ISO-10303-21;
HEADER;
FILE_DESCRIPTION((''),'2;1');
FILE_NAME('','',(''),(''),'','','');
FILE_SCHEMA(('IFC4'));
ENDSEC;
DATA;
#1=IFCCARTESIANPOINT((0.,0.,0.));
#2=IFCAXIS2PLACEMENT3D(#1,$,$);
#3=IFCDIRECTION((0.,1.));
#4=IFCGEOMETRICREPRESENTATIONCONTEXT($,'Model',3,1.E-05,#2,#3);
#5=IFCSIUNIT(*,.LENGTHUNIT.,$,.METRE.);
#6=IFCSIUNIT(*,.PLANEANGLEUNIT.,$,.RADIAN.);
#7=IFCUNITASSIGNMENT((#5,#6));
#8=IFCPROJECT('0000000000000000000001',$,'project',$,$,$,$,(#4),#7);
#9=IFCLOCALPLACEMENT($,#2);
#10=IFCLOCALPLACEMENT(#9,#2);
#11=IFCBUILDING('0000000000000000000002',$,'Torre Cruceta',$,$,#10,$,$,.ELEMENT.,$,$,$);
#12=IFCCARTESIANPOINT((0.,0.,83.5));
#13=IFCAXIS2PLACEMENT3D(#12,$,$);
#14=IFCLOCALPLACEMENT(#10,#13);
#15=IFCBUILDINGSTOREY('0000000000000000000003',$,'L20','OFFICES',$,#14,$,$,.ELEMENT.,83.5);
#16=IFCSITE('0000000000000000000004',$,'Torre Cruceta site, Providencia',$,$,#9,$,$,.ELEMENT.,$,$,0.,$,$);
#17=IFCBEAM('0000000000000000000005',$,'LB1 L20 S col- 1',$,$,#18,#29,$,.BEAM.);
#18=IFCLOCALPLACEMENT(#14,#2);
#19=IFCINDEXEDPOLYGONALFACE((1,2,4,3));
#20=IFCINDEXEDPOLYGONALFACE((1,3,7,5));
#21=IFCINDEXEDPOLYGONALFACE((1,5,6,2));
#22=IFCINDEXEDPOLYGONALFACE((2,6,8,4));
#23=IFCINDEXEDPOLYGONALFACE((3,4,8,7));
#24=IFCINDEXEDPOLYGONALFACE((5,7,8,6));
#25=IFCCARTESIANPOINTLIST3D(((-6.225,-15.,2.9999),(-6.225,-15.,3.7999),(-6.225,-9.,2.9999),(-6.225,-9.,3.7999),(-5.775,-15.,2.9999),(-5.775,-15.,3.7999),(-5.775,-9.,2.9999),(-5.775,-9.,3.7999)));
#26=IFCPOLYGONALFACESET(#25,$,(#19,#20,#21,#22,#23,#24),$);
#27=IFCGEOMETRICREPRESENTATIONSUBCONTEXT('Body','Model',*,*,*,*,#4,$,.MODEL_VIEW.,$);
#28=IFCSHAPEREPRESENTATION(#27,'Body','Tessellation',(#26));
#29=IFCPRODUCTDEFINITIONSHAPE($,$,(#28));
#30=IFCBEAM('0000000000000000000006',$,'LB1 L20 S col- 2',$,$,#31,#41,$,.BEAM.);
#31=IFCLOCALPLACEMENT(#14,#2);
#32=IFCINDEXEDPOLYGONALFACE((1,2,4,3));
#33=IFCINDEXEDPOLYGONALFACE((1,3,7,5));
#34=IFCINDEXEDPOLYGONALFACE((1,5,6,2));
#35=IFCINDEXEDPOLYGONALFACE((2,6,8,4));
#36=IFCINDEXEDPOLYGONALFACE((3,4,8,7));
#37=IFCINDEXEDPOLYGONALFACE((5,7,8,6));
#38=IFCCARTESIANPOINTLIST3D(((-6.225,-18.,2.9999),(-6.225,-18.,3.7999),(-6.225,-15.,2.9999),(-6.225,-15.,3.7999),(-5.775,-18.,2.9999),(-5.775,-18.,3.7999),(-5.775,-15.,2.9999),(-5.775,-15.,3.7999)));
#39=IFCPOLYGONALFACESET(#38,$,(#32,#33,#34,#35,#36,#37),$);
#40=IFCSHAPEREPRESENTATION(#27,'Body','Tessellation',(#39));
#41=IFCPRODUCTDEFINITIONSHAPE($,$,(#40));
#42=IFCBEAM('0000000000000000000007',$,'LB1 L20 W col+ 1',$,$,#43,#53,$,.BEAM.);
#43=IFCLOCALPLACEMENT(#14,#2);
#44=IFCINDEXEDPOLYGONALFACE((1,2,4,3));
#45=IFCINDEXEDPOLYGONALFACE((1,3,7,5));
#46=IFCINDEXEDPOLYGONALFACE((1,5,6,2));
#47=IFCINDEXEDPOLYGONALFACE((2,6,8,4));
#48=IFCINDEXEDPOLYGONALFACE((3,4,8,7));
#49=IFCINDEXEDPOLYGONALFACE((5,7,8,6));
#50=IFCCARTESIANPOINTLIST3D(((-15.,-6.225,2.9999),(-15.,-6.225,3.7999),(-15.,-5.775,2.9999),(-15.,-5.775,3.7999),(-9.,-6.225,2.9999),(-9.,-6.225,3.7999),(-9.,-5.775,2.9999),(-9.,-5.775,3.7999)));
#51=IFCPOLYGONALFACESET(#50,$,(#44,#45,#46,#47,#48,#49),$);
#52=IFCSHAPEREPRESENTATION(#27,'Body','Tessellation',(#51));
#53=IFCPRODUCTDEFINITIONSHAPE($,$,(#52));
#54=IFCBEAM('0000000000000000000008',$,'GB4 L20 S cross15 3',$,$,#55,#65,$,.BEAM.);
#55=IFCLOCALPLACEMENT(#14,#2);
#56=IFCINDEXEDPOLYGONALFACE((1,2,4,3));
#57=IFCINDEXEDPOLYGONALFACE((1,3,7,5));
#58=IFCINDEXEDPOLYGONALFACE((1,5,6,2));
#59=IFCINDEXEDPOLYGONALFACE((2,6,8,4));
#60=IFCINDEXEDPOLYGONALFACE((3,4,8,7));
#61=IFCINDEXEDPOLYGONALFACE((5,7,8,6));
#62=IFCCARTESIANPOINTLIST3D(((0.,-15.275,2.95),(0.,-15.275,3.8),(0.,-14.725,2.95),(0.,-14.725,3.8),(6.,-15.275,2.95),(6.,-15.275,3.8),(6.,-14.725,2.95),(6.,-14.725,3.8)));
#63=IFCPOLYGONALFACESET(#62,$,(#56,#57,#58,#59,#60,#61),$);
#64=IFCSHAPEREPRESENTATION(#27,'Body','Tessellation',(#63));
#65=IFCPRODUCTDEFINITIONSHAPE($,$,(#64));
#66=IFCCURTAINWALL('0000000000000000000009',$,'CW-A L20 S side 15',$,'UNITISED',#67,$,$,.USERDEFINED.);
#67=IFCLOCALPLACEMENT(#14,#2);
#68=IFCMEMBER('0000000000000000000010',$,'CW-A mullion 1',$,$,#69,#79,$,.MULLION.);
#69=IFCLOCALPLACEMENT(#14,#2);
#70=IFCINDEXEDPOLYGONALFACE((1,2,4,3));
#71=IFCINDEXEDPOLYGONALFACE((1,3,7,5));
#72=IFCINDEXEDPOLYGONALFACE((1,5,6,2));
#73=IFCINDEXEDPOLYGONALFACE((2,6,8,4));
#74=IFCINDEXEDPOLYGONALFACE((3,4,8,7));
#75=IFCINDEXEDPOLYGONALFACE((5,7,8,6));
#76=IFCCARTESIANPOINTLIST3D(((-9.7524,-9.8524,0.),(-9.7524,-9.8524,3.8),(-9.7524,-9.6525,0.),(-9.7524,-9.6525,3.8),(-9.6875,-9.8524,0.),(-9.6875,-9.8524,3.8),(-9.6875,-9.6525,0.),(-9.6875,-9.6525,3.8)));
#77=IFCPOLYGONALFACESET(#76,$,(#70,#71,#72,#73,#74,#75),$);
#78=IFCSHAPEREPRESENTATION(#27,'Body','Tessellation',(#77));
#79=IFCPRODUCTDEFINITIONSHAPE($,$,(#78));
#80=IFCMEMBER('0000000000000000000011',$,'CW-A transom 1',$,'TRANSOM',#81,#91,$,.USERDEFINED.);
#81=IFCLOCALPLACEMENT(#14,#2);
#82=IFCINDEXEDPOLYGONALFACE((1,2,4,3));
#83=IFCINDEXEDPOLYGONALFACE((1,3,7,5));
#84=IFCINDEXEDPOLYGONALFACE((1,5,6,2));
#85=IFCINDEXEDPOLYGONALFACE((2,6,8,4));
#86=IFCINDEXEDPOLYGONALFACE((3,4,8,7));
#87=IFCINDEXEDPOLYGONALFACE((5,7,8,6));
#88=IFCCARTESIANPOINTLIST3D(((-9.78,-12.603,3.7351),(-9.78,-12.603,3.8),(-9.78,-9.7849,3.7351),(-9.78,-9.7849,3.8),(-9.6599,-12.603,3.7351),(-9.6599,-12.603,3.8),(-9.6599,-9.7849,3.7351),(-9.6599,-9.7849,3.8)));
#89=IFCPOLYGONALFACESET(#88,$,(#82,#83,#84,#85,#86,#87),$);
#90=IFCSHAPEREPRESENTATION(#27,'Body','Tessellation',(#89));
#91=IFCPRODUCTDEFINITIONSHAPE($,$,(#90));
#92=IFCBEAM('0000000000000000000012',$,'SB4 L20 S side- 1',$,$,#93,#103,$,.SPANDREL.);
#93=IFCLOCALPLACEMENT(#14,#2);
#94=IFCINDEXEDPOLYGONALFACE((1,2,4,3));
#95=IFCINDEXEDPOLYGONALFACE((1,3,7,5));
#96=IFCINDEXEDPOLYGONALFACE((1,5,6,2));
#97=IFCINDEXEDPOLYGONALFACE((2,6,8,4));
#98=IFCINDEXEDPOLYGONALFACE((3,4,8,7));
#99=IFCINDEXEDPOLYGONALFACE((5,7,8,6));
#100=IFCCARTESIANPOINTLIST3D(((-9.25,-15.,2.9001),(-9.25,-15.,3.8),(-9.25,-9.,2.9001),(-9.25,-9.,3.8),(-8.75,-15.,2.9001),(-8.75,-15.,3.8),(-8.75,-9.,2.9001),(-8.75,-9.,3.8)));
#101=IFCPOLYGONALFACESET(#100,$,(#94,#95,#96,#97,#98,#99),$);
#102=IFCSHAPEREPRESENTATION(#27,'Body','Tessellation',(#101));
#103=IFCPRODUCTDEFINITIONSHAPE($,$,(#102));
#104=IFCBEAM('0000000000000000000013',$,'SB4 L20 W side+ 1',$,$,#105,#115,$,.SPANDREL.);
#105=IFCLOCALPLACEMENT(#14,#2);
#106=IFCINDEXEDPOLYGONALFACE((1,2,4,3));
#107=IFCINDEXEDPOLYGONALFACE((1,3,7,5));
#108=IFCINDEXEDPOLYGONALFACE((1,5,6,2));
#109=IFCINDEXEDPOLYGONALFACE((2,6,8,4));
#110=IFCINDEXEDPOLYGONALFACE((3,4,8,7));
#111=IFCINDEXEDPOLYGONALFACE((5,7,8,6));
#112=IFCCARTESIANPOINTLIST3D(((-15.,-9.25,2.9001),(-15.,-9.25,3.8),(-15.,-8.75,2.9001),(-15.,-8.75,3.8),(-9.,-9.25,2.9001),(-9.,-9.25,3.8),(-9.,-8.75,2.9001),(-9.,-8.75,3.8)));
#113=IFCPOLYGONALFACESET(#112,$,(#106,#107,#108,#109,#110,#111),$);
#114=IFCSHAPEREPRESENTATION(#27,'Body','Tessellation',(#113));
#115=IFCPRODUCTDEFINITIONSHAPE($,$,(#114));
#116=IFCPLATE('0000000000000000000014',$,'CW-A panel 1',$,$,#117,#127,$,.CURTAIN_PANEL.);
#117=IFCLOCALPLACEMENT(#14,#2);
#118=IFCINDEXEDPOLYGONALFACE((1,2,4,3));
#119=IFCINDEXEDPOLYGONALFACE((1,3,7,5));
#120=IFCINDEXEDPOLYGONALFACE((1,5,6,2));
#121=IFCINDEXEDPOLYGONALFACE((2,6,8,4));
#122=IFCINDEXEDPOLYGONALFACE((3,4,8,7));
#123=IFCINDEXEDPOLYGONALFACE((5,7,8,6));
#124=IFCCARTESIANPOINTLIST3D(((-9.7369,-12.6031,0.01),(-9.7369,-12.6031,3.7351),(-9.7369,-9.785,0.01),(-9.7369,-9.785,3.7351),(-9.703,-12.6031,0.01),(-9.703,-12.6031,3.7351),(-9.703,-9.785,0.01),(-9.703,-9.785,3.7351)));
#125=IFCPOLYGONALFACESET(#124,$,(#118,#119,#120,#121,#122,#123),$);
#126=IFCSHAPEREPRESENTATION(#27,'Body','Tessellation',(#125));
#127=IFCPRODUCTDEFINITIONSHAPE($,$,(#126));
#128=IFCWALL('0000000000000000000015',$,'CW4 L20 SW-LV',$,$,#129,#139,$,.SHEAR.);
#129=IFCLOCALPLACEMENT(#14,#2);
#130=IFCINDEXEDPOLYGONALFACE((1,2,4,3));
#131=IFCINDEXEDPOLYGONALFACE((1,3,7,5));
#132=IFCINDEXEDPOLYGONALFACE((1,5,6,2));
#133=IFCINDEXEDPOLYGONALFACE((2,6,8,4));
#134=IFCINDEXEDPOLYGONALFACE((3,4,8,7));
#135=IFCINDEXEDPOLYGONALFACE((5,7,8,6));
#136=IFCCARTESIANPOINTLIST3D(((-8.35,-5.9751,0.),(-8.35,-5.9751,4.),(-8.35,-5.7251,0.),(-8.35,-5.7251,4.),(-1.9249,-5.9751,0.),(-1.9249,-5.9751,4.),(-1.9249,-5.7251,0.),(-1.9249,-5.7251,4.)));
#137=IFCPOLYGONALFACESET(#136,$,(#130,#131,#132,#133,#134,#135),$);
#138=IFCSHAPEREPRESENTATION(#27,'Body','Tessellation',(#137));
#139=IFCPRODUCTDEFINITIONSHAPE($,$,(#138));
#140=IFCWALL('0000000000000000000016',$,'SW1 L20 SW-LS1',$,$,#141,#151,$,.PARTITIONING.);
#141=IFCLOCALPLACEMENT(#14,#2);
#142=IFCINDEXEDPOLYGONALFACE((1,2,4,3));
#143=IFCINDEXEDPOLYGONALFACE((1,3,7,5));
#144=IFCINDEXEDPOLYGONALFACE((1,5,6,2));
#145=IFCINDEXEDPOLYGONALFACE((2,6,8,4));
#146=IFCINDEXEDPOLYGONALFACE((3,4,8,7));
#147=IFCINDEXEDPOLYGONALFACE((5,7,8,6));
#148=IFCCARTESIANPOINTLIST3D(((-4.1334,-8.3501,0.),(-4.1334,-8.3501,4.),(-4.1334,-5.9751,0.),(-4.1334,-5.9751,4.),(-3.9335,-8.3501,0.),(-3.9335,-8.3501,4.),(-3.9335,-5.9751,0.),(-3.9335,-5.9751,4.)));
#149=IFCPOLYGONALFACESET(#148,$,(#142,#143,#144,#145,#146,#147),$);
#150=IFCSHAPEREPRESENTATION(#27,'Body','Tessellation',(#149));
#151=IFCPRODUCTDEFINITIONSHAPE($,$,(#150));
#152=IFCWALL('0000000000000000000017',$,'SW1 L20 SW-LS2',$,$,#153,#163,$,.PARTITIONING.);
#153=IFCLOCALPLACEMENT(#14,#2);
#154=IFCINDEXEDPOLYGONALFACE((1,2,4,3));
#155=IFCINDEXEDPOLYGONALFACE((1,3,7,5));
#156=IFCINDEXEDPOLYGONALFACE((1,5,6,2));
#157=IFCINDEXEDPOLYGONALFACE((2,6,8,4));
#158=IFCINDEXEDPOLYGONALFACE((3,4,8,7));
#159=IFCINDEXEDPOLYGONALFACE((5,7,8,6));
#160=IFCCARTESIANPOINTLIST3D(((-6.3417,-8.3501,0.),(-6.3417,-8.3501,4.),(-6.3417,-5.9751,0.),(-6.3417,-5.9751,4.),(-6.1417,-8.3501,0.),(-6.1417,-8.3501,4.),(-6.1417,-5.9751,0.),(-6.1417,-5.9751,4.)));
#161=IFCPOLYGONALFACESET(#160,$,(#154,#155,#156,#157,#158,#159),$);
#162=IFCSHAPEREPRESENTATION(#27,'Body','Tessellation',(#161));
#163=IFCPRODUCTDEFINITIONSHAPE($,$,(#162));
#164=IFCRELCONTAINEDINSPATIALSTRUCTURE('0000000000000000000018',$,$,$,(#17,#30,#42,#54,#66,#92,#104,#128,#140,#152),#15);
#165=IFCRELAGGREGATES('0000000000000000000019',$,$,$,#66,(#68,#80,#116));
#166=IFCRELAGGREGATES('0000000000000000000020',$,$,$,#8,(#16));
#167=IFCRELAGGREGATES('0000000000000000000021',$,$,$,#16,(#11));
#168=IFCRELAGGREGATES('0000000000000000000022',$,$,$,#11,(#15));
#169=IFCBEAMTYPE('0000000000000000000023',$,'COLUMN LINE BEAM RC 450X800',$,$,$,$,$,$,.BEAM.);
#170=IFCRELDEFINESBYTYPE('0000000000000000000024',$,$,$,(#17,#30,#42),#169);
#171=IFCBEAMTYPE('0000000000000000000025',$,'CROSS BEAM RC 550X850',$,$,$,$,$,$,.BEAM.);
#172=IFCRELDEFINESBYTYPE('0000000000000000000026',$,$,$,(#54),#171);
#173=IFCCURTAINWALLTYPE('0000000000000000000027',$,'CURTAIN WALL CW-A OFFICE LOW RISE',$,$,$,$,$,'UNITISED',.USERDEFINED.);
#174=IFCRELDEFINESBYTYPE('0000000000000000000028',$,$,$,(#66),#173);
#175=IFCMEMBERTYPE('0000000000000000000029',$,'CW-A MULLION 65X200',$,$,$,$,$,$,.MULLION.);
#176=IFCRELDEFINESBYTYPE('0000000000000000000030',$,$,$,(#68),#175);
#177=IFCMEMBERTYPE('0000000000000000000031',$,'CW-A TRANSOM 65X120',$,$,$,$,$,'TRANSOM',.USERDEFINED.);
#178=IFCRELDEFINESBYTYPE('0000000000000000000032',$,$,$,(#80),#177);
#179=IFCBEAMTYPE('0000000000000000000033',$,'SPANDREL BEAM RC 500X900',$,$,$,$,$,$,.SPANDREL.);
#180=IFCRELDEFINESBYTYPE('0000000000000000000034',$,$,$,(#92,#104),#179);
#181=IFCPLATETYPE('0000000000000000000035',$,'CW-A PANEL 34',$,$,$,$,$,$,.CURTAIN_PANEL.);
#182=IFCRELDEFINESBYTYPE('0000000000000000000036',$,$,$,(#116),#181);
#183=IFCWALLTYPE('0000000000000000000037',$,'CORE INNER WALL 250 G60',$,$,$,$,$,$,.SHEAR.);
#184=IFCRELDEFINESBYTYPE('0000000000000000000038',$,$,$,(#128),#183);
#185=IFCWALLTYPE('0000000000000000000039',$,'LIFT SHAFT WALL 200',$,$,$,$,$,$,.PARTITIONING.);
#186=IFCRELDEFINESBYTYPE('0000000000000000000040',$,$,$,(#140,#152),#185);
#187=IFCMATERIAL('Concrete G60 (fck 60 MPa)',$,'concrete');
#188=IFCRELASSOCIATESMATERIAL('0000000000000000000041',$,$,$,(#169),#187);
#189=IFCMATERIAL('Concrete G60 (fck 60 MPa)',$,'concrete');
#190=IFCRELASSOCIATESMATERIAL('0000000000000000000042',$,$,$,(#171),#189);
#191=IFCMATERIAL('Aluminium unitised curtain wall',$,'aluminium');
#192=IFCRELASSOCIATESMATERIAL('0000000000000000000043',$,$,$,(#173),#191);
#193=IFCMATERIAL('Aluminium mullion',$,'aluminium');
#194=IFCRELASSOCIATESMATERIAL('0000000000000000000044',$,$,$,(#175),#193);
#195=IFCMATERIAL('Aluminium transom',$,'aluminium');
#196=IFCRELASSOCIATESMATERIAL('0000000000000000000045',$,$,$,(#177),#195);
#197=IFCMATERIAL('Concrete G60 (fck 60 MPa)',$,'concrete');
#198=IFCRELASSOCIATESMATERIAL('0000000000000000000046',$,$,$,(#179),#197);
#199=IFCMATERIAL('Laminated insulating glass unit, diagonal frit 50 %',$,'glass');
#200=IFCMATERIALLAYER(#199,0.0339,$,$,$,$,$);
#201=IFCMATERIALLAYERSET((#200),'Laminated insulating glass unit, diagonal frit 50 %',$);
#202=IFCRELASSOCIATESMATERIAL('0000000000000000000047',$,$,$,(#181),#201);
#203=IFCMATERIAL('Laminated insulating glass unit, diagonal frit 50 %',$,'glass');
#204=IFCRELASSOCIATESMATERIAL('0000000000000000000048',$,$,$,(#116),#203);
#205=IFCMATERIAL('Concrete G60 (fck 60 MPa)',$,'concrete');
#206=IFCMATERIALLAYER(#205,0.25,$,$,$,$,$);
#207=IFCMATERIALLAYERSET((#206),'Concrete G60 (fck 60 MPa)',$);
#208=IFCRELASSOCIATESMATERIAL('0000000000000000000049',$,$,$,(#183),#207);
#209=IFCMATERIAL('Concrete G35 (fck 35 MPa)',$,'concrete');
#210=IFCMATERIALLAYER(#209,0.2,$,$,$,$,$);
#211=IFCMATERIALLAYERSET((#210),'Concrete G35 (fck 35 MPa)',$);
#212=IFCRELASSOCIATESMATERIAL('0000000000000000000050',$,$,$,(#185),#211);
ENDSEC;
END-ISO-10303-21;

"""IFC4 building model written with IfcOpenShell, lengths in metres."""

from ifc_helpers import new_model, si_unit, direction, frame, frame_2d, origin, origin_2d, place, context, subcontext, project, spatial, rectangle, extrude, material, layer, layer_set, material_profile, profile_set, type_object, element, aggregate, save


model = new_model("IFC4")

# Units and contexts
model_context = context("Model", 3, precision=1e-05, world=origin(), true_north=direction((0.0, 1.0)))
body_context = subcontext(model_context, "Body", "Model", "MODEL_VIEW")
ifc_project = project(units=[si_unit("LENGTHUNIT", "METRE"), si_unit("PLANEANGLEUNIT", "RADIAN")], contexts=[model_context])

# Site, building, storey
site_placement = place(None, origin())
site = spatial("IfcSite", under=ifc_project, at=site_placement, Name="Torre Cruceta site, Providencia", CompositionType="ELEMENT", RefElevation=0.0)
building_placement = place(site_placement, origin())
building = spatial("IfcBuilding", under=site, at=building_placement, Name="Torre Cruceta", CompositionType="ELEMENT")
storey_placement = place(building_placement, frame((0.0, 0.0, 83.5)))
storey = spatial("IfcBuildingStorey", under=building, at=storey_placement, Name="L20", Description="OFFICES", CompositionType="ELEMENT", Elevation=83.5)

# Beams
ifc_material_1 = material(Name="Concrete G60 (fck 60 MPa)", Category="concrete")
ifc_material_profile_1 = material_profile(ifc_material_1, rectangle(XDim=0.45, YDim=0.8, at=origin_2d()), Name="RC 450X800")
ifc_profile_set_1 = profile_set([ifc_material_profile_1], Name="Concrete G60 (fck 60 MPa)")
beam_type_1 = type_object("IfcBeamType", Name="COLUMN LINE BEAM RC 450X800", PredefinedType="BEAM", material=ifc_profile_set_1)
beam_1_placement = place(storey_placement, frame((-6.0, -9.0, 3.3999), z_axis=(0.0, -1.0, 0.0), x_axis=(1.0, 0.0, 0.0)))
element("IfcBeam", 1, at=beam_1_placement, inside=storey, type_object=beam_type_1, Name="LB1 L20 S col- 1", PredefinedType="BEAM", context=body_context, shape_type="SweptSolid", body=[
    extrude(rectangle(XDim=0.45, YDim=0.8, at=origin_2d()), origin(), (0.0, 0.0, 1.0), 6.0),
])
beam_2_placement = place(storey_placement, frame((-6.0, -15.0, 3.3999), z_axis=(0.0, -1.0, 0.0), x_axis=(1.0, 0.0, 0.0)))
element("IfcBeam", 2, at=beam_2_placement, inside=storey, type_object=beam_type_1, Name="LB1 L20 S col- 2", PredefinedType="BEAM", context=body_context, shape_type="SweptSolid", body=[
    extrude(rectangle(XDim=0.45, YDim=0.8, at=origin_2d()), origin(), (0.0, 0.0, 1.0), 3.0),
])
beam_3_placement = place(storey_placement, frame((-9.0, -6.0, 3.3999), z_axis=(-1.0, 0.0, 0.0), x_axis=(0.0, -1.0, 0.0)))
element("IfcBeam", 3, at=beam_3_placement, inside=storey, type_object=beam_type_1, Name="LB1 L20 W col+ 1", PredefinedType="BEAM", context=body_context, shape_type="SweptSolid", body=[
    extrude(rectangle(XDim=0.45, YDim=0.8, at=origin_2d()), origin(), (0.0, 0.0, 1.0), 6.0),
])
ifc_material_2 = material(Name="Concrete G60 (fck 60 MPa)", Category="concrete")
ifc_material_profile_2 = material_profile(ifc_material_2, rectangle(XDim=0.55, YDim=0.8501, at=origin_2d()), Name="RC 550X850")
ifc_profile_set_2 = profile_set([ifc_material_profile_2], Name="Concrete G60 (fck 60 MPa)")
beam_type_2 = type_object("IfcBeamType", Name="CROSS BEAM RC 550X850", PredefinedType="BEAM", material=ifc_profile_set_2)
beam_4_placement = place(storey_placement, frame((0.0, -15.0, 3.375), z_axis=(1.0, 0.0, 0.0), x_axis=(0.0, 1.0, 0.0)))
element("IfcBeam", 4, at=beam_4_placement, inside=storey, type_object=beam_type_2, Name="GB4 L20 S cross15 3", PredefinedType="BEAM", context=body_context, shape_type="SweptSolid", body=[
    extrude(rectangle(XDim=0.55, YDim=0.8501, at=origin_2d()), origin(), (0.0, 0.0, 1.0), 6.0),
])

# Curtain wall, members
ifc_material_3 = material(Name="Aluminium unitised curtain wall", Category="aluminium")
curtain_wall_type = type_object("IfcCurtainWallType", Name="CURTAIN WALL CW-A OFFICE LOW RISE", ElementType="UNITISED", PredefinedType="USERDEFINED", material=ifc_material_3)
curtain_wall_placement = place(storey_placement, origin())
curtain_wall = element("IfcCurtainWall", 5, at=curtain_wall_placement, inside=storey, type_object=curtain_wall_type, Name="CW-A L20 S side 15", ObjectType="UNITISED", PredefinedType="USERDEFINED")
ifc_material_4 = material(Name="Aluminium mullion", Category="aluminium")
ifc_material_profile_3 = material_profile(ifc_material_4, rectangle(XDim=0.0649, YDim=0.2, at=origin_2d()), Name="AL 65X200")
ifc_profile_set_3 = profile_set([ifc_material_profile_3], Name="Aluminium mullion")
member_type_1 = type_object("IfcMemberType", Name="CW-A MULLION 65X200", PredefinedType="MULLION", material=ifc_profile_set_3)
member_1_placement = place(storey_placement, frame((-9.72, -9.7524, 0.0), z_axis=(0.0, 0.0, 1.0), x_axis=(1.0, 0.0, 0.0)))
member_1 = element("IfcMember", 6, at=member_1_placement, type_object=member_type_1, Name="CW-A mullion 1", PredefinedType="MULLION", context=body_context, shape_type="SweptSolid", body=[
    extrude(rectangle(XDim=0.0649, YDim=0.2, at=origin_2d()), origin(), (0.0, 0.0, 1.0), 3.8),
])
ifc_material_5 = material(Name="Aluminium transom", Category="aluminium")
ifc_material_profile_4 = material_profile(ifc_material_5, rectangle(XDim=0.1201, YDim=0.0649, at=origin_2d()), Name="AL 120X65")
ifc_profile_set_4 = profile_set([ifc_material_profile_4], Name="Aluminium transom")
member_type_2 = type_object("IfcMemberType", Name="CW-A TRANSOM 65X120", ElementType="TRANSOM", PredefinedType="USERDEFINED", material=ifc_profile_set_4)
member_2_placement = place(storey_placement, frame((-9.72, -9.7849, 3.7676), z_axis=(0.0, -1.0, 0.0), x_axis=(1.0, 0.0, 0.0)))
member_2 = element("IfcMember", 7, at=member_2_placement, type_object=member_type_2, Name="CW-A transom 1", ObjectType="TRANSOM", PredefinedType="USERDEFINED", context=body_context, shape_type="SweptSolid", body=[
    extrude(rectangle(XDim=0.1201, YDim=0.0649, at=origin_2d()), origin(), (0.0, 0.0, 1.0), 2.8181),
])

# Beams
ifc_material_6 = material(Name="Concrete G60 (fck 60 MPa)", Category="concrete")
ifc_material_profile_5 = material_profile(ifc_material_6, rectangle(XDim=0.5, YDim=0.8999, at=origin_2d()), Name="RC 500X900")
ifc_profile_set_5 = profile_set([ifc_material_profile_5], Name="Concrete G60 (fck 60 MPa)")
beam_type_3 = type_object("IfcBeamType", Name="SPANDREL BEAM RC 500X900", PredefinedType="SPANDREL", material=ifc_profile_set_5)
for number, where, z_axis, x_axis, name in (
    (8, (-9.0, -9.0, 3.3501), (0.0, -1.0, 0.0), (1.0, 0.0, 0.0), "SB4 L20 S side- 1"),
    (9, (-9.0, -9.0, 3.3501), (-1.0, 0.0, 0.0), (0.0, -1.0, 0.0), "SB4 L20 W side+ 1"),
):
    element("IfcBeam", number, at=place(storey_placement, frame(where, z_axis=z_axis, x_axis=x_axis)), inside=storey, type_object=beam_type_3, Name=name, PredefinedType="SPANDREL", context=body_context, shape_type="SweptSolid", body=[
        extrude(rectangle(XDim=0.5, YDim=0.8999, at=origin_2d()), origin(), (0.0, 0.0, 1.0), 6.0),
    ])

# Plate
ifc_material_7 = material(Name="Laminated insulating glass unit, diagonal frit 50 %", Category="glass")
ifc_material_8 = material(Name="Laminated insulating glass unit, diagonal frit 50 %", Category="glass")
ifc_layer_1 = layer(ifc_material_8, 0.0339)
ifc_layer_set_1 = layer_set([ifc_layer_1], Name="Laminated insulating glass unit, diagonal frit 50 %")
plate_type = type_object("IfcPlateType", Name="CW-A PANEL 34", PredefinedType="CURTAIN_PANEL", material=ifc_layer_set_1)
plate_placement = place(storey_placement, frame((-9.72, -11.1941, 0.01), z_axis=(0.0, 0.0, 1.0), x_axis=(0.0, -1.0, 0.0)))
plate = element("IfcPlate", 10, at=plate_placement, type_object=plate_type, material=ifc_material_7, Name="CW-A panel 1", PredefinedType="CURTAIN_PANEL", context=body_context, shape_type="SweptSolid", body=[
    extrude(rectangle(XDim=2.8181, YDim=0.0339, at=origin_2d()), origin(), (0.0, 0.0, 1.0), 3.7251),
])
aggregate(curtain_wall, [member_1, member_2, plate])

# Wall
ifc_material_9 = material(Name="Concrete G60 (fck 60 MPa)", Category="concrete")
ifc_layer_2 = layer(ifc_material_9, 0.25)
ifc_layer_set_2 = layer_set([ifc_layer_2], Name="Concrete G60 (fck 60 MPa)")
wall_type_1 = type_object("IfcWallType", Name="CORE INNER WALL 250 G60", PredefinedType="SHEAR", material=ifc_layer_set_2)
wall_1_placement = place(storey_placement, frame((-1.925, -5.8501, 0.0), z_axis=(0.0, 0.0, 1.0), x_axis=(-1.0, 0.0, 0.0)))
element("IfcWall", 11, at=wall_1_placement, inside=storey, type_object=wall_type_1, Name="CW4 L20 SW-LV", PredefinedType="SHEAR", context=body_context, shape_type="SweptSolid", body=[
    extrude(rectangle(XDim=6.425, YDim=0.25, at=frame_2d((3.2124, 0.0))), origin(), (0.0, 0.0, 1.0), 4.0),
])

# Walls
ifc_material_10 = material(Name="Concrete G35 (fck 35 MPa)", Category="concrete")
ifc_layer_3 = layer(ifc_material_10, 0.2)
ifc_layer_set_3 = layer_set([ifc_layer_3], Name="Concrete G35 (fck 35 MPa)")
wall_type_2 = type_object("IfcWallType", Name="LIFT SHAFT WALL 200", PredefinedType="PARTITIONING", material=ifc_layer_set_3)
for number, where, z_axis, x_axis, name in (
    (12, (-4.0334, -5.9751, 0.0), (0.0, 0.0, 1.0), (0.0, -1.0, 0.0), "SW1 L20 SW-LS1"),
    (13, (-6.2417, -5.9751, 0.0), (0.0, 0.0, 1.0), (0.0, -1.0, 0.0), "SW1 L20 SW-LS2"),
):
    element("IfcWall", number, at=place(storey_placement, frame(where, z_axis=z_axis, x_axis=x_axis)), inside=storey, type_object=wall_type_2, Name=name, PredefinedType="PARTITIONING", context=body_context, shape_type="SweptSolid", body=[
        extrude(rectangle(XDim=2.375, YDim=0.2, at=frame_2d((1.1875, 0.0))), origin(), (0.0, 0.0, 1.0), 4.0),
    ])

save(model, "model.ifc")
